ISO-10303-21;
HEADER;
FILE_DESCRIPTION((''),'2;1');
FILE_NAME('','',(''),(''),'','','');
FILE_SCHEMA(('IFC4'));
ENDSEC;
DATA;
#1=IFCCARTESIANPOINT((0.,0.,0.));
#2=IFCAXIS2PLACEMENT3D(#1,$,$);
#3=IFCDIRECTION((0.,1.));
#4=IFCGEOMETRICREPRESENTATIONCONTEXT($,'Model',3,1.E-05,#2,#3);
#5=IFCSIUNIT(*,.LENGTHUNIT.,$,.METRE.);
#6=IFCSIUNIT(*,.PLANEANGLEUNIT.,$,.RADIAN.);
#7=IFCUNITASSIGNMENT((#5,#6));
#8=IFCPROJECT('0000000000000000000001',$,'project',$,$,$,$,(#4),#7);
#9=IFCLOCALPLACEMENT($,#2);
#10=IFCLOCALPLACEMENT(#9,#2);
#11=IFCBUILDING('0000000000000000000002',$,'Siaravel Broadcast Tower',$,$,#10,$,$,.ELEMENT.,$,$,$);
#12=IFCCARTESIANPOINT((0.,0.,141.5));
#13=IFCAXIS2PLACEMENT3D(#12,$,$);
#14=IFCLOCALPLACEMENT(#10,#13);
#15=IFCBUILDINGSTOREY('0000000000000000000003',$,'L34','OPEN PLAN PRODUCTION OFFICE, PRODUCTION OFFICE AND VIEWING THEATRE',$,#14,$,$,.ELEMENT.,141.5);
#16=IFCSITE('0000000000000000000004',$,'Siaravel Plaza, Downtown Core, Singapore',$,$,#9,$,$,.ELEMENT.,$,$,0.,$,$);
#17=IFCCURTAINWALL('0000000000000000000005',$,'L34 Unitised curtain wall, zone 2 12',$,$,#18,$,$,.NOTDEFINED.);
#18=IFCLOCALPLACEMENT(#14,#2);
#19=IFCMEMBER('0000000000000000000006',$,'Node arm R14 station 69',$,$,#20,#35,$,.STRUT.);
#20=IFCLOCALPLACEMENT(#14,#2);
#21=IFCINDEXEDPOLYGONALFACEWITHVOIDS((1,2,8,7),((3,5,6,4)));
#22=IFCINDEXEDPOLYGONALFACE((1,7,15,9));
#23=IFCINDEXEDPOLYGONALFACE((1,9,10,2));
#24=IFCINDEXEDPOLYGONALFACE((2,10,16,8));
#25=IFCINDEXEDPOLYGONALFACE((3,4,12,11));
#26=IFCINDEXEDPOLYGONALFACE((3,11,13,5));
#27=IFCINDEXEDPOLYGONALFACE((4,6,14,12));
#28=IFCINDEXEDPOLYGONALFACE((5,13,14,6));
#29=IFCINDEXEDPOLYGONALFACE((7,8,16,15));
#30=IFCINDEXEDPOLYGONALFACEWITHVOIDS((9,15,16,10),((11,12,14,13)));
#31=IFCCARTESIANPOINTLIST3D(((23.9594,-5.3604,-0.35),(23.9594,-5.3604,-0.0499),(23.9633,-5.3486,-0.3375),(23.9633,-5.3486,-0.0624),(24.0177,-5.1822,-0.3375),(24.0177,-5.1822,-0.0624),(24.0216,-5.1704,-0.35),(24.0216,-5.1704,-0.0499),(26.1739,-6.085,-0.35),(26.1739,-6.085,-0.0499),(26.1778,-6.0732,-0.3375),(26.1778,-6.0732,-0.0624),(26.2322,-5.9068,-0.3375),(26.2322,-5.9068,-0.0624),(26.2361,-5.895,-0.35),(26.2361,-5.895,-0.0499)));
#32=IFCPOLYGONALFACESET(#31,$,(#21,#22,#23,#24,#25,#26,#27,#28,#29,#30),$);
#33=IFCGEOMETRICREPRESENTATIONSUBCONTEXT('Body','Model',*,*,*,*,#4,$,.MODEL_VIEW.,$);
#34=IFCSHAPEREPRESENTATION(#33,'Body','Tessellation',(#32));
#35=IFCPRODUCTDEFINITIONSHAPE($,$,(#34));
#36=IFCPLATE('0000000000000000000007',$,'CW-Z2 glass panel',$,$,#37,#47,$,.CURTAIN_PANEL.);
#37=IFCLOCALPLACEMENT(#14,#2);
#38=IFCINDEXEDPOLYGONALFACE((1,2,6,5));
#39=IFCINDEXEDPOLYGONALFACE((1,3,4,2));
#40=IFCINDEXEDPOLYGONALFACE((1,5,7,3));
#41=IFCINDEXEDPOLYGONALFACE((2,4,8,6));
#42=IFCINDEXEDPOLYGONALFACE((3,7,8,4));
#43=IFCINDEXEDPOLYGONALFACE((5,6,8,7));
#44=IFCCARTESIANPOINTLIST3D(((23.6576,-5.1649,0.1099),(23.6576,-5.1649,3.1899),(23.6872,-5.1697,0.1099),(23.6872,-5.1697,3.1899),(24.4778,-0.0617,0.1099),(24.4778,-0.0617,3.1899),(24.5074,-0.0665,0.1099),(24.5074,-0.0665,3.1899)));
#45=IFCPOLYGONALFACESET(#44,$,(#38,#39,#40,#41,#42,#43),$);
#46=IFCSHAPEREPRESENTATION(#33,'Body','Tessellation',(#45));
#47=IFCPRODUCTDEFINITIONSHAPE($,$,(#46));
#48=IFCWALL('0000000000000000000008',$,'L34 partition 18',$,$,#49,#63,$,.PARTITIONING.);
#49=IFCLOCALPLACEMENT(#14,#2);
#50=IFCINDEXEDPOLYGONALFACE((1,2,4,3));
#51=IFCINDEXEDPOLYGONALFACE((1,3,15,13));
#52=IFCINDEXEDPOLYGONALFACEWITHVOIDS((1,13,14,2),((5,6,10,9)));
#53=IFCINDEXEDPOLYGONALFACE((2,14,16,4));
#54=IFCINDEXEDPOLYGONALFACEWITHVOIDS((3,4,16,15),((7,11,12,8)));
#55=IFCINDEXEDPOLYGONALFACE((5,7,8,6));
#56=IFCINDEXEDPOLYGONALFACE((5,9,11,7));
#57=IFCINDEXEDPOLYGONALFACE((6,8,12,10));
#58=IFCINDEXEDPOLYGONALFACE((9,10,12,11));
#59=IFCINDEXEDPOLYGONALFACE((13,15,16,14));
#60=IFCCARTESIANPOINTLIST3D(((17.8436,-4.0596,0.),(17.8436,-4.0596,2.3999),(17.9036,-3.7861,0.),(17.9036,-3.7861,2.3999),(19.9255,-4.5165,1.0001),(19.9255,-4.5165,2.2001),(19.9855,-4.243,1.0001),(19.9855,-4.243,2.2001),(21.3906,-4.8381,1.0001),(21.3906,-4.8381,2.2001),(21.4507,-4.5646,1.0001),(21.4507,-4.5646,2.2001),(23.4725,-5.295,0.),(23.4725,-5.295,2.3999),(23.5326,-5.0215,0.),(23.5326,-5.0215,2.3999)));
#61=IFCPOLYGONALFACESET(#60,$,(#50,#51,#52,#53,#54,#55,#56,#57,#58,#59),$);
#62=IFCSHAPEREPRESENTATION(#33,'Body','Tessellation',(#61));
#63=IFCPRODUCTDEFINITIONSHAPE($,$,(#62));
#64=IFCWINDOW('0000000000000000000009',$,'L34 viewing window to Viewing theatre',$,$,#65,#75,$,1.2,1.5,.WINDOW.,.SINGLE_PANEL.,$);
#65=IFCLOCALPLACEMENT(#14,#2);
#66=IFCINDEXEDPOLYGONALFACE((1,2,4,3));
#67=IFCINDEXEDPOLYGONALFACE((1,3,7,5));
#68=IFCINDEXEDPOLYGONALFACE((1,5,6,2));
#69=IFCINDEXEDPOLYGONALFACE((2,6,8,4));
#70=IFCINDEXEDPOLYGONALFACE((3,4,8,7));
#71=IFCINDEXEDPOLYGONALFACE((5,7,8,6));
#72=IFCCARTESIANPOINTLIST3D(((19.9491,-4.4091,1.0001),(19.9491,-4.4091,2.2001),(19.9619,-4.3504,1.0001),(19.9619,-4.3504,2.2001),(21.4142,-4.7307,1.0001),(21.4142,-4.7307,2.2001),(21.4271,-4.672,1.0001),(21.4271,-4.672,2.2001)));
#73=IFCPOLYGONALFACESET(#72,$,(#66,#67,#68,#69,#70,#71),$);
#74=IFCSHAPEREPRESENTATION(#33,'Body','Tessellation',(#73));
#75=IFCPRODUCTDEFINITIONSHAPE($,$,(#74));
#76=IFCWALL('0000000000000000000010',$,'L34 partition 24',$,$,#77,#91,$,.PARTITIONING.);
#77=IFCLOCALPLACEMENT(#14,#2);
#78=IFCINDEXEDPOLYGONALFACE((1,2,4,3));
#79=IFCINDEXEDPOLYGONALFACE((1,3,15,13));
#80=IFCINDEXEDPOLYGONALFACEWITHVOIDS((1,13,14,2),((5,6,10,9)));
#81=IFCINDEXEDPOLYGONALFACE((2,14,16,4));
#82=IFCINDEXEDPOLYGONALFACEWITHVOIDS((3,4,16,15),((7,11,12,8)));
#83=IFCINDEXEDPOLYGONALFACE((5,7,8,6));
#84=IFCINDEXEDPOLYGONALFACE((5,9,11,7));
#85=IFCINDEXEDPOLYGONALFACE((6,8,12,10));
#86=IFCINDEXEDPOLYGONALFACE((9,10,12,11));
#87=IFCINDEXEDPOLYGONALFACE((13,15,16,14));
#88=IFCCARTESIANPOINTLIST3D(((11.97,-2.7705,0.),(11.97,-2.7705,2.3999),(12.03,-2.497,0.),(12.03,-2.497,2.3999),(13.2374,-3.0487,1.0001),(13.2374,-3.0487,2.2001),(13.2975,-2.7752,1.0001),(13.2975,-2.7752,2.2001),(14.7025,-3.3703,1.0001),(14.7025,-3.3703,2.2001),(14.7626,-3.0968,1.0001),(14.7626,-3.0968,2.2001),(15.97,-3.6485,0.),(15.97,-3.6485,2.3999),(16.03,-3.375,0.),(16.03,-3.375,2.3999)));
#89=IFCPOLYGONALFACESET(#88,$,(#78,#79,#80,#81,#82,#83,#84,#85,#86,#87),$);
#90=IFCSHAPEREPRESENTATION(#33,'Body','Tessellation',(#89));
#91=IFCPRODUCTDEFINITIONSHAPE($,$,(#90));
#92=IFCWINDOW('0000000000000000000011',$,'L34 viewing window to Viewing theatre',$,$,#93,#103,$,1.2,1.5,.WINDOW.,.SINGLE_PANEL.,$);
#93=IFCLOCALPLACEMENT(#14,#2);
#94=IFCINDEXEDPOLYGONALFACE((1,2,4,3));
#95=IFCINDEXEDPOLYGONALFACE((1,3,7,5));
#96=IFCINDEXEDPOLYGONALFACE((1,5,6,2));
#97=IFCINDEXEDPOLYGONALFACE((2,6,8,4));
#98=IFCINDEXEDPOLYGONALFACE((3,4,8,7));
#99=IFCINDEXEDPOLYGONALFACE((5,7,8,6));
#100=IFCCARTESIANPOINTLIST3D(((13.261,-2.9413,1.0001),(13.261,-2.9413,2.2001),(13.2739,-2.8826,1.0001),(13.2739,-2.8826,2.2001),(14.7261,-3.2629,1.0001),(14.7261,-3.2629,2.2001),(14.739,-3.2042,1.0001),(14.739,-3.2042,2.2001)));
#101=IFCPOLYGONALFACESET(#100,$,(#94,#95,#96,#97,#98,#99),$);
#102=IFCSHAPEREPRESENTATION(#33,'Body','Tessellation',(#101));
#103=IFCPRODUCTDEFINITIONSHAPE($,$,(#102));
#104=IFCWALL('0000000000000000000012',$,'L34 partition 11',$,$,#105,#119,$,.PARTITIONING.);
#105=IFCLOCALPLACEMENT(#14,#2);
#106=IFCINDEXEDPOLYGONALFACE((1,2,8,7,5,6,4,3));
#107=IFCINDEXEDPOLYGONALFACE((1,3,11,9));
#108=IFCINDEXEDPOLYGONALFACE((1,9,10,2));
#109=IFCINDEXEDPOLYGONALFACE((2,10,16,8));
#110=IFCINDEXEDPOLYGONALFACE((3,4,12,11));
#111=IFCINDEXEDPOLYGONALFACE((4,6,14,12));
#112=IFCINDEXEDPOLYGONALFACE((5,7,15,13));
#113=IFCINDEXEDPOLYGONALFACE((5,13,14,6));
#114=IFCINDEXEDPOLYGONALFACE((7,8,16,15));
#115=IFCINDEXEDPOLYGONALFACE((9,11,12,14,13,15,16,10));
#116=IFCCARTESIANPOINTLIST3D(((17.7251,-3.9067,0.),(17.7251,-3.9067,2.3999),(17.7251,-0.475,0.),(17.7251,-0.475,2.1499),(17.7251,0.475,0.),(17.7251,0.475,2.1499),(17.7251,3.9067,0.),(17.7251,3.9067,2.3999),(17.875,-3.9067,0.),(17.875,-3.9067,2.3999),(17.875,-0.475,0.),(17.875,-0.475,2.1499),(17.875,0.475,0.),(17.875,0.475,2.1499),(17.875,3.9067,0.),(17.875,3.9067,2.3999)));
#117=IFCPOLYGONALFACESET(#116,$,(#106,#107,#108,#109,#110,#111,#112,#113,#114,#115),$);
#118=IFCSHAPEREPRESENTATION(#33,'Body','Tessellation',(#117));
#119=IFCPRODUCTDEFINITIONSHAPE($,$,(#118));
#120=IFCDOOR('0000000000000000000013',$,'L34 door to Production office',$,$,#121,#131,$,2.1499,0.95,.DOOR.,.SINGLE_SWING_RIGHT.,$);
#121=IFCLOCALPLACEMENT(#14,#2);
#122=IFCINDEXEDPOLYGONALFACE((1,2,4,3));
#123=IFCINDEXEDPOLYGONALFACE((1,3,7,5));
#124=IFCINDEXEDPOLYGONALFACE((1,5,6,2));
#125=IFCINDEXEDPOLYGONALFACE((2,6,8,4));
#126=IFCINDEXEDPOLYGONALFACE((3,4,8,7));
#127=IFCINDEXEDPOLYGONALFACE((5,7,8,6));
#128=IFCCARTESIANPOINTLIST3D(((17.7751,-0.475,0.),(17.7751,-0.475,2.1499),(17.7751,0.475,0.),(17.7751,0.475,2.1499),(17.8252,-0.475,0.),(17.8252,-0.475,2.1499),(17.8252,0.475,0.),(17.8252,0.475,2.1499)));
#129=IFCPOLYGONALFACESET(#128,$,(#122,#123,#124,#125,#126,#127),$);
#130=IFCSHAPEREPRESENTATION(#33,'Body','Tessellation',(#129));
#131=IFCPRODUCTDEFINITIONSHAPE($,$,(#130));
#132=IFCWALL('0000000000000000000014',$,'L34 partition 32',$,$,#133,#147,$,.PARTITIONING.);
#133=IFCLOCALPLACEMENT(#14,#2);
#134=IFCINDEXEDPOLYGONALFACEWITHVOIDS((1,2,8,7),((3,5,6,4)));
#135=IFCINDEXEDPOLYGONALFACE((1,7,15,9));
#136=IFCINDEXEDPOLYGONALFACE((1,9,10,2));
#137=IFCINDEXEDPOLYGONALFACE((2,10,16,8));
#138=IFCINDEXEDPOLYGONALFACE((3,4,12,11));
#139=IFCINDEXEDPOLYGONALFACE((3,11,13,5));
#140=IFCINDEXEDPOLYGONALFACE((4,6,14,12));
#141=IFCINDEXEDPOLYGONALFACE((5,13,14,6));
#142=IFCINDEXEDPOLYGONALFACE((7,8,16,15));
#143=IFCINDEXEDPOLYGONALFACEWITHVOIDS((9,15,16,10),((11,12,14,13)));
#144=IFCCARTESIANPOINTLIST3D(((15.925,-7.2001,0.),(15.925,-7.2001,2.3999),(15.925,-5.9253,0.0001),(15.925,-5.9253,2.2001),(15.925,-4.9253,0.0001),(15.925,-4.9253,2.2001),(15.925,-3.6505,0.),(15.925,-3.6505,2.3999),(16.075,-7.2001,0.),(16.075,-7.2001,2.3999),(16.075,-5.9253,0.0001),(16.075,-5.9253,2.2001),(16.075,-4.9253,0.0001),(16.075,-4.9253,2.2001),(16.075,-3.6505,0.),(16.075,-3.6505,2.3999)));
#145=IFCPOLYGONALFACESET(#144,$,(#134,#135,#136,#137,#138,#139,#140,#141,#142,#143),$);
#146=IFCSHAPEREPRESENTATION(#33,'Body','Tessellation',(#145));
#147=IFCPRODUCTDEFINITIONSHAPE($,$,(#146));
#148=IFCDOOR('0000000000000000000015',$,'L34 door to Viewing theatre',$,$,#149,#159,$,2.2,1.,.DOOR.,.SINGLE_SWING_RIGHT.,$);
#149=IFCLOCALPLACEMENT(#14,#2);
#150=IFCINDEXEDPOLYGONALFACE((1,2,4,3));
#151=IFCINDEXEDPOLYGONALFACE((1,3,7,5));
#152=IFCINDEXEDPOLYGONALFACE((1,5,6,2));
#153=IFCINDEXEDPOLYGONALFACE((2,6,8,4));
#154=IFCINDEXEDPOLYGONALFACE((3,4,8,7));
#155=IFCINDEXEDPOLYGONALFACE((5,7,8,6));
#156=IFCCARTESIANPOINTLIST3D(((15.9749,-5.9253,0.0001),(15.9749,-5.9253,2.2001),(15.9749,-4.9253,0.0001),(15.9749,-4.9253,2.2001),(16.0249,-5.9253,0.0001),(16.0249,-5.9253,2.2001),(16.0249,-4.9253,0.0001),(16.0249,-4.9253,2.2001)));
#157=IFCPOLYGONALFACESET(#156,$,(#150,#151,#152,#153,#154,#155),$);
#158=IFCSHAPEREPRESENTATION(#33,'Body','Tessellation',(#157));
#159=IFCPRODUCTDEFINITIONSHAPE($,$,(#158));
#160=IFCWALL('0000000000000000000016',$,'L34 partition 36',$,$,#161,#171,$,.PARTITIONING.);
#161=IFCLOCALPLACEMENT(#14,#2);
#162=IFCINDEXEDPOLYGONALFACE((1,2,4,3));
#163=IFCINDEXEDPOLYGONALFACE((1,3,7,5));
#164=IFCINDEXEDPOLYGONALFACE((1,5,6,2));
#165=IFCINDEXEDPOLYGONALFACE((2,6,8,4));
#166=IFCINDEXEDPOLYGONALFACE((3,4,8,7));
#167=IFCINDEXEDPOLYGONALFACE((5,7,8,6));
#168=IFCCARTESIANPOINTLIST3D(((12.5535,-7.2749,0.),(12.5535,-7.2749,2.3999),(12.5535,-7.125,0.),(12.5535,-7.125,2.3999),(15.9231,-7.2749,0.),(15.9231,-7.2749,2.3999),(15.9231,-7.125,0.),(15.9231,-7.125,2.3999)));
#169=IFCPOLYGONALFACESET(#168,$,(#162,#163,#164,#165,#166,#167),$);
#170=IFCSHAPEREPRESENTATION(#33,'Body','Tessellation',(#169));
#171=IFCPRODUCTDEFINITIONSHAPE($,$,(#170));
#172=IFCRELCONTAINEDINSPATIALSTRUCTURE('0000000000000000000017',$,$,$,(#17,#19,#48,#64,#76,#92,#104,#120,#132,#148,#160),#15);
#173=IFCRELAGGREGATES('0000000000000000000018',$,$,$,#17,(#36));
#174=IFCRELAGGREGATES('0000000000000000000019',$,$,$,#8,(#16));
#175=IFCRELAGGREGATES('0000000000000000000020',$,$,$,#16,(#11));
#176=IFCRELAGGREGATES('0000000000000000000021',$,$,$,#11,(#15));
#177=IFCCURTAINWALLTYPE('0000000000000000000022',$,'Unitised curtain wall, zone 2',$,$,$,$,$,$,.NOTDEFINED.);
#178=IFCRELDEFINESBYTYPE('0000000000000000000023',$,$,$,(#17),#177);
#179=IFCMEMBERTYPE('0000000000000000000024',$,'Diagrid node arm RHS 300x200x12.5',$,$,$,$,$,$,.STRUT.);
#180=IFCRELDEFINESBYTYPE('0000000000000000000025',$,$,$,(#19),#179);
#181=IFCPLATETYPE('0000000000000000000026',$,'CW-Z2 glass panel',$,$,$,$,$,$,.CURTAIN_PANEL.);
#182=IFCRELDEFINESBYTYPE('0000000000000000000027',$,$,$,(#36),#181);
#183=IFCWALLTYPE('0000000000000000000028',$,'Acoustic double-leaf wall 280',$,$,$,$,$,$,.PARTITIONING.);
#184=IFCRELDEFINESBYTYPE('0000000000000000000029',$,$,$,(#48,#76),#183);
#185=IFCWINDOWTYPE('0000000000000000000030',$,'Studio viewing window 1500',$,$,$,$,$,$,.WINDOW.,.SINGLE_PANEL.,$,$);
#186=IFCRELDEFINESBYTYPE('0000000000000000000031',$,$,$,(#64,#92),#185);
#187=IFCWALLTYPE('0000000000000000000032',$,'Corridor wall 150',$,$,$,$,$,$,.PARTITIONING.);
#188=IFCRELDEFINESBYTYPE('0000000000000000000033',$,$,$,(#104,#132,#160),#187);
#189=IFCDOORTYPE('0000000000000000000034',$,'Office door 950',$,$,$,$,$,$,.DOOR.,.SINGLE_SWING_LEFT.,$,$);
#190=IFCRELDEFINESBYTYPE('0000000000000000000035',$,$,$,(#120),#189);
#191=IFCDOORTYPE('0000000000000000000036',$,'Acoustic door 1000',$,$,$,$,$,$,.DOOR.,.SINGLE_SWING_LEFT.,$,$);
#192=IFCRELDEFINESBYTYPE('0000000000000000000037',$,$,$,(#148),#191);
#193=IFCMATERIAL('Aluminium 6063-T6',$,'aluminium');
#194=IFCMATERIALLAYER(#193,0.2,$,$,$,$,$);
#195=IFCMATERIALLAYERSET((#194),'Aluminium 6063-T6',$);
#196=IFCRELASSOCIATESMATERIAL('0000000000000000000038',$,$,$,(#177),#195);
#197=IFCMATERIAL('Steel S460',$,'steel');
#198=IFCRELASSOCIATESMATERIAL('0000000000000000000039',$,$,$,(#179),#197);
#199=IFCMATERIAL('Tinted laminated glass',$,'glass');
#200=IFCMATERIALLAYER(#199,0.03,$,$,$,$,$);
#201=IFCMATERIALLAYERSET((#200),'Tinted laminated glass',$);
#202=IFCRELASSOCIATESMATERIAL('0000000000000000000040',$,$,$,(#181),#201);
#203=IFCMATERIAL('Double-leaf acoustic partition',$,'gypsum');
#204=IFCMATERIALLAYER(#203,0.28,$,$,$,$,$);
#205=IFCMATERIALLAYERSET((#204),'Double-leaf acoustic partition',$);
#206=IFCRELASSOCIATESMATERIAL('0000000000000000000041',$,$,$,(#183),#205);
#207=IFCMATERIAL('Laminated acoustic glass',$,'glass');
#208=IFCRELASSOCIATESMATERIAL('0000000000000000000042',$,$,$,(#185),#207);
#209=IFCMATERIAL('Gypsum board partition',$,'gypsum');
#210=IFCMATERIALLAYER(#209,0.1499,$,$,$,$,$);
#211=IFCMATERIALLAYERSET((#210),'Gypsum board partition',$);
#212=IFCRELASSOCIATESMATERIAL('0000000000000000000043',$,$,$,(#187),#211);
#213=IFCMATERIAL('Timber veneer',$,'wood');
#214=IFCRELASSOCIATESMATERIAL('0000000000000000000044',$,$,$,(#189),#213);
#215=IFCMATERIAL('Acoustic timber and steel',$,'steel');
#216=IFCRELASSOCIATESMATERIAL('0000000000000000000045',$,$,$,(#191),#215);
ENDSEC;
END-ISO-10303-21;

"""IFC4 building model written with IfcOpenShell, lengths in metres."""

from ifc_helpers import new_model, si_unit, direction, frame, frame_2d, origin, origin_2d, place, context, subcontext, project, spatial, rectangle, hollow_rectangle, extrude, material, layer, layer_set, material_profile, profile_set, type_object, element, fill, aggregate, save


model = new_model("IFC4")

# Units and contexts
model_context = context("Model", 3, precision=1e-05, world=origin(), true_north=direction((0.0, 1.0)))
body_context = subcontext(model_context, "Body", "Model", "MODEL_VIEW")
ifc_project = project(units=[si_unit("LENGTHUNIT", "METRE"), si_unit("PLANEANGLEUNIT", "RADIAN")], contexts=[model_context])

# Site, building, storey
site_placement = place(None, origin())
site = spatial("IfcSite", under=ifc_project, at=site_placement, Name="Siaravel Plaza, Downtown Core, Singapore", CompositionType="ELEMENT", RefElevation=0.0)
building_placement = place(site_placement, origin())
building = spatial("IfcBuilding", under=site, at=building_placement, Name="Siaravel Broadcast Tower", CompositionType="ELEMENT")
storey_placement = place(building_placement, frame((0.0, 0.0, 141.5)))
storey = spatial("IfcBuildingStorey", under=building, at=storey_placement, Name="L34", Description="OPEN PLAN PRODUCTION OFFICE, PRODUCTION OFFICE AND VIEWING THEATRE", CompositionType="ELEMENT", Elevation=141.5)

# Curtain wall
ifc_material_1 = material(Name="Aluminium 6063-T6", Category="aluminium")
ifc_layer_1 = layer(ifc_material_1, 0.2)
ifc_layer_set_1 = layer_set([ifc_layer_1], Name="Aluminium 6063-T6")
curtain_wall_type = type_object("IfcCurtainWallType", Name="Unitised curtain wall, zone 2", PredefinedType="NOTDEFINED", material=ifc_layer_set_1)
curtain_wall_placement = place(storey_placement, origin())
curtain_wall = element("IfcCurtainWall", 1, at=curtain_wall_placement, inside=storey, type_object=curtain_wall_type, Name="L34 Unitised curtain wall, zone 2 12", PredefinedType="NOTDEFINED")

# Member
ifc_material_2 = material(Name="Steel S460", Category="steel")
ifc_material_profile_1 = material_profile(ifc_material_2, hollow_rectangle(XDim=0.2, YDim=0.3, WallThickness=0.0125, at=origin_2d()))
ifc_profile_set_1 = profile_set([ifc_material_profile_1], Name="Steel S460")
member_type_1 = type_object("IfcMemberType", Name="Diagrid node arm RHS 300x200x12.5", PredefinedType="STRUT", material=ifc_profile_set_1)
member_1_placement = place(storey_placement, frame((23.9905, -5.2654, -0.2), z_axis=(0.950419, -0.310974, 0.0), x_axis=(0.310974, 0.950419, 0.0)))
element("IfcMember", 2, at=member_1_placement, inside=storey, type_object=member_type_1, Name="Node arm R14 station 69", PredefinedType="STRUT", context=body_context, shape_type="SweptSolid", body=[
    extrude(hollow_rectangle(XDim=0.2, YDim=0.3, WallThickness=0.0125, at=origin_2d()), origin(), (0.0, 0.0, 1.0), 2.3301),
])

# Plate
ifc_material_3 = material(Name="Tinted laminated glass", Category="glass")
ifc_layer_2 = layer(ifc_material_3, 0.03)
ifc_layer_set_2 = layer_set([ifc_layer_2], Name="Tinted laminated glass")
plate_type = type_object("IfcPlateType", Name="CW-Z2 glass panel", PredefinedType="CURTAIN_PANEL", material=ifc_layer_set_2)
plate_placement = place(storey_placement, frame((24.0825, -2.6157, 0.1099), z_axis=(0.0, 0.0, 1.0), x_axis=(0.158685, 0.987329, 0.0)))
plate = element("IfcPlate", 3, at=plate_placement, type_object=plate_type, Name="CW-Z2 glass panel", PredefinedType="CURTAIN_PANEL", context=body_context, shape_type="SweptSolid", body=[
    extrude(rectangle(XDim=5.1687, YDim=0.03, at=origin_2d()), origin(), (0.0, 0.0, 1.0), 3.0801),
])
aggregate(curtain_wall, [plate])

# Walls, openings, windows
ifc_material_4 = material(Name="Double-leaf acoustic partition", Category="gypsum")
ifc_layer_3 = layer(ifc_material_4, 0.28)
ifc_layer_set_3 = layer_set([ifc_layer_3], Name="Double-leaf acoustic partition")
wall_type_1 = type_object("IfcWallType", Name="Acoustic double-leaf wall 280", PredefinedType="PARTITIONING", material=ifc_layer_set_3)
wall_1_placement = place(storey_placement, frame((23.5024, -5.1582, 0.0), z_axis=(0.0, 0.0, 1.0), x_axis=(-0.976754, 0.214364, 0.0)))
wall_1 = element("IfcWall", 4, at=wall_1_placement, inside=storey, type_object=wall_type_1, Name="L34 partition 18", PredefinedType="PARTITIONING", context=body_context, shape_type="SweptSolid", body=[
    extrude(rectangle(XDim=5.7629, YDim=0.28, at=frame_2d((2.8813, 0.0))), origin(), (0.0, 0.0, 1.0), 2.3999),
])
opening_1_placement = place(wall_1_placement, frame((2.1313, 0.0, 1.0)))
opening_1 = element("IfcOpeningElement", 5, at=opening_1_placement, cuts=wall_1, PredefinedType="OPENING", context=body_context, shape_type="SweptSolid", body=[
    extrude(rectangle(XDim=1.5, YDim=1.2, at=frame_2d((0.75, 0.6001))), frame((0.0, 0.1499, 0.0), z_axis=(0.0, -1.0, 0.0), x_axis=(1.0, 0.0, 0.0)), (0.0, 0.0, 1.0), 0.3),
])
ifc_material_5 = material(Name="Laminated acoustic glass", Category="glass")
window_type = type_object("IfcWindowType", Name="Studio viewing window 1500", PartitioningType="SINGLE_PANEL", PredefinedType="WINDOW", material=ifc_material_5)
window_1_placement = place(opening_1_placement, origin())
window_1 = element("IfcWindow", 6, at=window_1_placement, inside=storey, type_object=window_type, Name="L34 viewing window to Viewing theatre", OverallHeight=1.2, OverallWidth=1.5, PartitioningType="SINGLE_PANEL", PredefinedType="WINDOW", context=body_context, shape_type="SweptSolid", body=[
    extrude(rectangle(XDim=1.5, YDim=1.2, at=frame_2d((0.75, 0.6001))), frame((0.0, 0.03, 0.0), z_axis=(0.0, -1.0, 0.0), x_axis=(1.0, 0.0, 0.0)), (0.0, 0.0, 1.0), 0.0601),
])
fill(opening_1, window_1)
wall_2_placement = place(storey_placement, frame((16.0, -3.5117, 0.0), z_axis=(0.0, 0.0, 1.0), x_axis=(-0.97675, 0.21438, 0.0)))
wall_2 = element("IfcWall", 7, at=wall_2_placement, inside=storey, type_object=wall_type_1, Name="L34 partition 24", PredefinedType="PARTITIONING", context=body_context, shape_type="SweptSolid", body=[
    extrude(rectangle(XDim=4.0952, YDim=0.28, at=frame_2d((2.0476, 0.0))), origin(), (0.0, 0.0, 1.0), 2.3999),
])
opening_2_placement = place(wall_2_placement, frame((1.2976, 0.0, 1.0)))
opening_2 = element("IfcOpeningElement", 8, at=opening_2_placement, cuts=wall_2, PredefinedType="OPENING", context=body_context, shape_type="SweptSolid", body=[
    extrude(rectangle(XDim=1.5, YDim=1.2, at=frame_2d((0.75, 0.6001))), frame((0.0, 0.1499, 0.0), z_axis=(0.0, -1.0, 0.0), x_axis=(1.0, 0.0, 0.0)), (0.0, 0.0, 1.0), 0.3),
])
window_2_placement = place(opening_2_placement, origin())
window_2 = element("IfcWindow", 9, at=window_2_placement, inside=storey, type_object=window_type, Name="L34 viewing window to Viewing theatre", OverallHeight=1.2, OverallWidth=1.5, PartitioningType="SINGLE_PANEL", PredefinedType="WINDOW", context=body_context, shape_type="SweptSolid", body=[
    extrude(rectangle(XDim=1.5, YDim=1.2, at=frame_2d((0.75, 0.6001))), frame((0.0, 0.03, 0.0), z_axis=(0.0, -1.0, 0.0), x_axis=(1.0, 0.0, 0.0)), (0.0, 0.0, 1.0), 0.0601),
])
fill(opening_2, window_2)

# Walls, openings, doors
ifc_material_6 = material(Name="Gypsum board partition", Category="gypsum")
ifc_layer_4 = layer(ifc_material_6, 0.1499)
ifc_layer_set_4 = layer_set([ifc_layer_4], Name="Gypsum board partition")
wall_type_2 = type_object("IfcWallType", Name="Corridor wall 150", PredefinedType="PARTITIONING", material=ifc_layer_set_4)
wall_3_placement = place(storey_placement, frame((17.8, -3.9067, 0.0), z_axis=(0.0, 0.0, 1.0), x_axis=(0.0, 1.0, 0.0)))
wall_3 = element("IfcWall", 10, at=wall_3_placement, inside=storey, type_object=wall_type_2, Name="L34 partition 11", PredefinedType="PARTITIONING", context=body_context, shape_type="SweptSolid", body=[
    extrude(rectangle(XDim=7.8135, YDim=0.1499, at=frame_2d((3.9067, 0.0))), origin(), (0.0, 0.0, 1.0), 2.3999),
])
opening_3_placement = place(wall_3_placement, frame((3.4316, 0.0, 0.0)))
opening_3 = element("IfcOpeningElement", 11, at=opening_3_placement, cuts=wall_3, PredefinedType="OPENING", context=body_context, shape_type="SweptSolid", body=[
    extrude(rectangle(XDim=0.95, YDim=2.1499, at=frame_2d((0.4751, 1.075))), frame((0.0, 0.085, 0.0), z_axis=(0.0, -1.0, 0.0), x_axis=(1.0, 0.0, 0.0)), (0.0, 0.0, 1.0), 0.1699),
])
ifc_material_7 = material(Name="Timber veneer", Category="wood")
door_type_1 = type_object("IfcDoorType", Name="Office door 950", OperationType="SINGLE_SWING_LEFT", PredefinedType="DOOR", material=ifc_material_7)
door_1_placement = place(opening_3_placement, origin())
door_1 = element("IfcDoor", 12, at=door_1_placement, inside=storey, type_object=door_type_1, Name="L34 door to Production office", OperationType="SINGLE_SWING_RIGHT", OverallHeight=2.1499, OverallWidth=0.95, PredefinedType="DOOR", context=body_context, shape_type="SweptSolid", body=[
    extrude(rectangle(XDim=0.95, YDim=2.1499, at=frame_2d((0.4751, 1.075))), frame((0.0, 0.0249, 0.0), z_axis=(0.0, -1.0, 0.0), x_axis=(1.0, 0.0, 0.0)), (0.0, 0.0, 1.0), 0.05),
])
fill(opening_3, door_1)
wall_4_placement = place(storey_placement, frame((16.0, -3.6504, 0.0), z_axis=(0.0, 0.0, 1.0), x_axis=(0.0, -1.0, 0.0)))
wall_4 = element("IfcWall", 13, at=wall_4_placement, inside=storey, type_object=wall_type_2, Name="L34 partition 32", PredefinedType="PARTITIONING", context=body_context, shape_type="SweptSolid", body=[
    extrude(rectangle(XDim=3.5496, YDim=0.1499, at=frame_2d((1.7749, 0.0))), origin(), (0.0, 0.0, 1.0), 2.3999),
])
opening_4_placement = place(wall_4_placement, frame((1.2749, 0.0, 0.0)))
opening_4 = element("IfcOpeningElement", 14, at=opening_4_placement, cuts=wall_4, PredefinedType="OPENING", context=body_context, shape_type="SweptSolid", body=[
    extrude(rectangle(XDim=1.0, YDim=2.2, at=frame_2d((0.5, 1.1001))), frame((0.0, 0.085, 0.0), z_axis=(0.0, -1.0, 0.0), x_axis=(1.0, 0.0, 0.0)), (0.0, 0.0, 1.0), 0.1699),
])
ifc_material_8 = material(Name="Acoustic timber and steel", Category="steel")
door_type_2 = type_object("IfcDoorType", Name="Acoustic door 1000", OperationType="SINGLE_SWING_LEFT", PredefinedType="DOOR", material=ifc_material_8)
door_2_placement = place(opening_4_placement, origin())
door_2 = element("IfcDoor", 15, at=door_2_placement, inside=storey, type_object=door_type_2, Name="L34 door to Viewing theatre", OperationType="SINGLE_SWING_RIGHT", OverallHeight=2.2, OverallWidth=1.0, PredefinedType="DOOR", context=body_context, shape_type="SweptSolid", body=[
    extrude(rectangle(XDim=1.0, YDim=2.2, at=frame_2d((0.5, 1.1001))), frame((0.0, 0.0249, 0.0), z_axis=(0.0, -1.0, 0.0), x_axis=(1.0, 0.0, 0.0)), (0.0, 0.0, 1.0), 0.05),
])
fill(opening_4, door_2)

# Wall
wall_5_placement = place(storey_placement, frame((15.9231, -7.2, 0.0), z_axis=(0.0, 0.0, 1.0), x_axis=(-1.0, 0.0, 0.0)))
element("IfcWall", 16, at=wall_5_placement, inside=storey, type_object=wall_type_2, Name="L34 partition 36", PredefinedType="PARTITIONING", context=body_context, shape_type="SweptSolid", body=[
    extrude(rectangle(XDim=3.3696, YDim=0.1499, at=frame_2d((1.6848, 0.0))), origin(), (0.0, 0.0, 1.0), 2.3999),
])

save(model, "model.ifc")
